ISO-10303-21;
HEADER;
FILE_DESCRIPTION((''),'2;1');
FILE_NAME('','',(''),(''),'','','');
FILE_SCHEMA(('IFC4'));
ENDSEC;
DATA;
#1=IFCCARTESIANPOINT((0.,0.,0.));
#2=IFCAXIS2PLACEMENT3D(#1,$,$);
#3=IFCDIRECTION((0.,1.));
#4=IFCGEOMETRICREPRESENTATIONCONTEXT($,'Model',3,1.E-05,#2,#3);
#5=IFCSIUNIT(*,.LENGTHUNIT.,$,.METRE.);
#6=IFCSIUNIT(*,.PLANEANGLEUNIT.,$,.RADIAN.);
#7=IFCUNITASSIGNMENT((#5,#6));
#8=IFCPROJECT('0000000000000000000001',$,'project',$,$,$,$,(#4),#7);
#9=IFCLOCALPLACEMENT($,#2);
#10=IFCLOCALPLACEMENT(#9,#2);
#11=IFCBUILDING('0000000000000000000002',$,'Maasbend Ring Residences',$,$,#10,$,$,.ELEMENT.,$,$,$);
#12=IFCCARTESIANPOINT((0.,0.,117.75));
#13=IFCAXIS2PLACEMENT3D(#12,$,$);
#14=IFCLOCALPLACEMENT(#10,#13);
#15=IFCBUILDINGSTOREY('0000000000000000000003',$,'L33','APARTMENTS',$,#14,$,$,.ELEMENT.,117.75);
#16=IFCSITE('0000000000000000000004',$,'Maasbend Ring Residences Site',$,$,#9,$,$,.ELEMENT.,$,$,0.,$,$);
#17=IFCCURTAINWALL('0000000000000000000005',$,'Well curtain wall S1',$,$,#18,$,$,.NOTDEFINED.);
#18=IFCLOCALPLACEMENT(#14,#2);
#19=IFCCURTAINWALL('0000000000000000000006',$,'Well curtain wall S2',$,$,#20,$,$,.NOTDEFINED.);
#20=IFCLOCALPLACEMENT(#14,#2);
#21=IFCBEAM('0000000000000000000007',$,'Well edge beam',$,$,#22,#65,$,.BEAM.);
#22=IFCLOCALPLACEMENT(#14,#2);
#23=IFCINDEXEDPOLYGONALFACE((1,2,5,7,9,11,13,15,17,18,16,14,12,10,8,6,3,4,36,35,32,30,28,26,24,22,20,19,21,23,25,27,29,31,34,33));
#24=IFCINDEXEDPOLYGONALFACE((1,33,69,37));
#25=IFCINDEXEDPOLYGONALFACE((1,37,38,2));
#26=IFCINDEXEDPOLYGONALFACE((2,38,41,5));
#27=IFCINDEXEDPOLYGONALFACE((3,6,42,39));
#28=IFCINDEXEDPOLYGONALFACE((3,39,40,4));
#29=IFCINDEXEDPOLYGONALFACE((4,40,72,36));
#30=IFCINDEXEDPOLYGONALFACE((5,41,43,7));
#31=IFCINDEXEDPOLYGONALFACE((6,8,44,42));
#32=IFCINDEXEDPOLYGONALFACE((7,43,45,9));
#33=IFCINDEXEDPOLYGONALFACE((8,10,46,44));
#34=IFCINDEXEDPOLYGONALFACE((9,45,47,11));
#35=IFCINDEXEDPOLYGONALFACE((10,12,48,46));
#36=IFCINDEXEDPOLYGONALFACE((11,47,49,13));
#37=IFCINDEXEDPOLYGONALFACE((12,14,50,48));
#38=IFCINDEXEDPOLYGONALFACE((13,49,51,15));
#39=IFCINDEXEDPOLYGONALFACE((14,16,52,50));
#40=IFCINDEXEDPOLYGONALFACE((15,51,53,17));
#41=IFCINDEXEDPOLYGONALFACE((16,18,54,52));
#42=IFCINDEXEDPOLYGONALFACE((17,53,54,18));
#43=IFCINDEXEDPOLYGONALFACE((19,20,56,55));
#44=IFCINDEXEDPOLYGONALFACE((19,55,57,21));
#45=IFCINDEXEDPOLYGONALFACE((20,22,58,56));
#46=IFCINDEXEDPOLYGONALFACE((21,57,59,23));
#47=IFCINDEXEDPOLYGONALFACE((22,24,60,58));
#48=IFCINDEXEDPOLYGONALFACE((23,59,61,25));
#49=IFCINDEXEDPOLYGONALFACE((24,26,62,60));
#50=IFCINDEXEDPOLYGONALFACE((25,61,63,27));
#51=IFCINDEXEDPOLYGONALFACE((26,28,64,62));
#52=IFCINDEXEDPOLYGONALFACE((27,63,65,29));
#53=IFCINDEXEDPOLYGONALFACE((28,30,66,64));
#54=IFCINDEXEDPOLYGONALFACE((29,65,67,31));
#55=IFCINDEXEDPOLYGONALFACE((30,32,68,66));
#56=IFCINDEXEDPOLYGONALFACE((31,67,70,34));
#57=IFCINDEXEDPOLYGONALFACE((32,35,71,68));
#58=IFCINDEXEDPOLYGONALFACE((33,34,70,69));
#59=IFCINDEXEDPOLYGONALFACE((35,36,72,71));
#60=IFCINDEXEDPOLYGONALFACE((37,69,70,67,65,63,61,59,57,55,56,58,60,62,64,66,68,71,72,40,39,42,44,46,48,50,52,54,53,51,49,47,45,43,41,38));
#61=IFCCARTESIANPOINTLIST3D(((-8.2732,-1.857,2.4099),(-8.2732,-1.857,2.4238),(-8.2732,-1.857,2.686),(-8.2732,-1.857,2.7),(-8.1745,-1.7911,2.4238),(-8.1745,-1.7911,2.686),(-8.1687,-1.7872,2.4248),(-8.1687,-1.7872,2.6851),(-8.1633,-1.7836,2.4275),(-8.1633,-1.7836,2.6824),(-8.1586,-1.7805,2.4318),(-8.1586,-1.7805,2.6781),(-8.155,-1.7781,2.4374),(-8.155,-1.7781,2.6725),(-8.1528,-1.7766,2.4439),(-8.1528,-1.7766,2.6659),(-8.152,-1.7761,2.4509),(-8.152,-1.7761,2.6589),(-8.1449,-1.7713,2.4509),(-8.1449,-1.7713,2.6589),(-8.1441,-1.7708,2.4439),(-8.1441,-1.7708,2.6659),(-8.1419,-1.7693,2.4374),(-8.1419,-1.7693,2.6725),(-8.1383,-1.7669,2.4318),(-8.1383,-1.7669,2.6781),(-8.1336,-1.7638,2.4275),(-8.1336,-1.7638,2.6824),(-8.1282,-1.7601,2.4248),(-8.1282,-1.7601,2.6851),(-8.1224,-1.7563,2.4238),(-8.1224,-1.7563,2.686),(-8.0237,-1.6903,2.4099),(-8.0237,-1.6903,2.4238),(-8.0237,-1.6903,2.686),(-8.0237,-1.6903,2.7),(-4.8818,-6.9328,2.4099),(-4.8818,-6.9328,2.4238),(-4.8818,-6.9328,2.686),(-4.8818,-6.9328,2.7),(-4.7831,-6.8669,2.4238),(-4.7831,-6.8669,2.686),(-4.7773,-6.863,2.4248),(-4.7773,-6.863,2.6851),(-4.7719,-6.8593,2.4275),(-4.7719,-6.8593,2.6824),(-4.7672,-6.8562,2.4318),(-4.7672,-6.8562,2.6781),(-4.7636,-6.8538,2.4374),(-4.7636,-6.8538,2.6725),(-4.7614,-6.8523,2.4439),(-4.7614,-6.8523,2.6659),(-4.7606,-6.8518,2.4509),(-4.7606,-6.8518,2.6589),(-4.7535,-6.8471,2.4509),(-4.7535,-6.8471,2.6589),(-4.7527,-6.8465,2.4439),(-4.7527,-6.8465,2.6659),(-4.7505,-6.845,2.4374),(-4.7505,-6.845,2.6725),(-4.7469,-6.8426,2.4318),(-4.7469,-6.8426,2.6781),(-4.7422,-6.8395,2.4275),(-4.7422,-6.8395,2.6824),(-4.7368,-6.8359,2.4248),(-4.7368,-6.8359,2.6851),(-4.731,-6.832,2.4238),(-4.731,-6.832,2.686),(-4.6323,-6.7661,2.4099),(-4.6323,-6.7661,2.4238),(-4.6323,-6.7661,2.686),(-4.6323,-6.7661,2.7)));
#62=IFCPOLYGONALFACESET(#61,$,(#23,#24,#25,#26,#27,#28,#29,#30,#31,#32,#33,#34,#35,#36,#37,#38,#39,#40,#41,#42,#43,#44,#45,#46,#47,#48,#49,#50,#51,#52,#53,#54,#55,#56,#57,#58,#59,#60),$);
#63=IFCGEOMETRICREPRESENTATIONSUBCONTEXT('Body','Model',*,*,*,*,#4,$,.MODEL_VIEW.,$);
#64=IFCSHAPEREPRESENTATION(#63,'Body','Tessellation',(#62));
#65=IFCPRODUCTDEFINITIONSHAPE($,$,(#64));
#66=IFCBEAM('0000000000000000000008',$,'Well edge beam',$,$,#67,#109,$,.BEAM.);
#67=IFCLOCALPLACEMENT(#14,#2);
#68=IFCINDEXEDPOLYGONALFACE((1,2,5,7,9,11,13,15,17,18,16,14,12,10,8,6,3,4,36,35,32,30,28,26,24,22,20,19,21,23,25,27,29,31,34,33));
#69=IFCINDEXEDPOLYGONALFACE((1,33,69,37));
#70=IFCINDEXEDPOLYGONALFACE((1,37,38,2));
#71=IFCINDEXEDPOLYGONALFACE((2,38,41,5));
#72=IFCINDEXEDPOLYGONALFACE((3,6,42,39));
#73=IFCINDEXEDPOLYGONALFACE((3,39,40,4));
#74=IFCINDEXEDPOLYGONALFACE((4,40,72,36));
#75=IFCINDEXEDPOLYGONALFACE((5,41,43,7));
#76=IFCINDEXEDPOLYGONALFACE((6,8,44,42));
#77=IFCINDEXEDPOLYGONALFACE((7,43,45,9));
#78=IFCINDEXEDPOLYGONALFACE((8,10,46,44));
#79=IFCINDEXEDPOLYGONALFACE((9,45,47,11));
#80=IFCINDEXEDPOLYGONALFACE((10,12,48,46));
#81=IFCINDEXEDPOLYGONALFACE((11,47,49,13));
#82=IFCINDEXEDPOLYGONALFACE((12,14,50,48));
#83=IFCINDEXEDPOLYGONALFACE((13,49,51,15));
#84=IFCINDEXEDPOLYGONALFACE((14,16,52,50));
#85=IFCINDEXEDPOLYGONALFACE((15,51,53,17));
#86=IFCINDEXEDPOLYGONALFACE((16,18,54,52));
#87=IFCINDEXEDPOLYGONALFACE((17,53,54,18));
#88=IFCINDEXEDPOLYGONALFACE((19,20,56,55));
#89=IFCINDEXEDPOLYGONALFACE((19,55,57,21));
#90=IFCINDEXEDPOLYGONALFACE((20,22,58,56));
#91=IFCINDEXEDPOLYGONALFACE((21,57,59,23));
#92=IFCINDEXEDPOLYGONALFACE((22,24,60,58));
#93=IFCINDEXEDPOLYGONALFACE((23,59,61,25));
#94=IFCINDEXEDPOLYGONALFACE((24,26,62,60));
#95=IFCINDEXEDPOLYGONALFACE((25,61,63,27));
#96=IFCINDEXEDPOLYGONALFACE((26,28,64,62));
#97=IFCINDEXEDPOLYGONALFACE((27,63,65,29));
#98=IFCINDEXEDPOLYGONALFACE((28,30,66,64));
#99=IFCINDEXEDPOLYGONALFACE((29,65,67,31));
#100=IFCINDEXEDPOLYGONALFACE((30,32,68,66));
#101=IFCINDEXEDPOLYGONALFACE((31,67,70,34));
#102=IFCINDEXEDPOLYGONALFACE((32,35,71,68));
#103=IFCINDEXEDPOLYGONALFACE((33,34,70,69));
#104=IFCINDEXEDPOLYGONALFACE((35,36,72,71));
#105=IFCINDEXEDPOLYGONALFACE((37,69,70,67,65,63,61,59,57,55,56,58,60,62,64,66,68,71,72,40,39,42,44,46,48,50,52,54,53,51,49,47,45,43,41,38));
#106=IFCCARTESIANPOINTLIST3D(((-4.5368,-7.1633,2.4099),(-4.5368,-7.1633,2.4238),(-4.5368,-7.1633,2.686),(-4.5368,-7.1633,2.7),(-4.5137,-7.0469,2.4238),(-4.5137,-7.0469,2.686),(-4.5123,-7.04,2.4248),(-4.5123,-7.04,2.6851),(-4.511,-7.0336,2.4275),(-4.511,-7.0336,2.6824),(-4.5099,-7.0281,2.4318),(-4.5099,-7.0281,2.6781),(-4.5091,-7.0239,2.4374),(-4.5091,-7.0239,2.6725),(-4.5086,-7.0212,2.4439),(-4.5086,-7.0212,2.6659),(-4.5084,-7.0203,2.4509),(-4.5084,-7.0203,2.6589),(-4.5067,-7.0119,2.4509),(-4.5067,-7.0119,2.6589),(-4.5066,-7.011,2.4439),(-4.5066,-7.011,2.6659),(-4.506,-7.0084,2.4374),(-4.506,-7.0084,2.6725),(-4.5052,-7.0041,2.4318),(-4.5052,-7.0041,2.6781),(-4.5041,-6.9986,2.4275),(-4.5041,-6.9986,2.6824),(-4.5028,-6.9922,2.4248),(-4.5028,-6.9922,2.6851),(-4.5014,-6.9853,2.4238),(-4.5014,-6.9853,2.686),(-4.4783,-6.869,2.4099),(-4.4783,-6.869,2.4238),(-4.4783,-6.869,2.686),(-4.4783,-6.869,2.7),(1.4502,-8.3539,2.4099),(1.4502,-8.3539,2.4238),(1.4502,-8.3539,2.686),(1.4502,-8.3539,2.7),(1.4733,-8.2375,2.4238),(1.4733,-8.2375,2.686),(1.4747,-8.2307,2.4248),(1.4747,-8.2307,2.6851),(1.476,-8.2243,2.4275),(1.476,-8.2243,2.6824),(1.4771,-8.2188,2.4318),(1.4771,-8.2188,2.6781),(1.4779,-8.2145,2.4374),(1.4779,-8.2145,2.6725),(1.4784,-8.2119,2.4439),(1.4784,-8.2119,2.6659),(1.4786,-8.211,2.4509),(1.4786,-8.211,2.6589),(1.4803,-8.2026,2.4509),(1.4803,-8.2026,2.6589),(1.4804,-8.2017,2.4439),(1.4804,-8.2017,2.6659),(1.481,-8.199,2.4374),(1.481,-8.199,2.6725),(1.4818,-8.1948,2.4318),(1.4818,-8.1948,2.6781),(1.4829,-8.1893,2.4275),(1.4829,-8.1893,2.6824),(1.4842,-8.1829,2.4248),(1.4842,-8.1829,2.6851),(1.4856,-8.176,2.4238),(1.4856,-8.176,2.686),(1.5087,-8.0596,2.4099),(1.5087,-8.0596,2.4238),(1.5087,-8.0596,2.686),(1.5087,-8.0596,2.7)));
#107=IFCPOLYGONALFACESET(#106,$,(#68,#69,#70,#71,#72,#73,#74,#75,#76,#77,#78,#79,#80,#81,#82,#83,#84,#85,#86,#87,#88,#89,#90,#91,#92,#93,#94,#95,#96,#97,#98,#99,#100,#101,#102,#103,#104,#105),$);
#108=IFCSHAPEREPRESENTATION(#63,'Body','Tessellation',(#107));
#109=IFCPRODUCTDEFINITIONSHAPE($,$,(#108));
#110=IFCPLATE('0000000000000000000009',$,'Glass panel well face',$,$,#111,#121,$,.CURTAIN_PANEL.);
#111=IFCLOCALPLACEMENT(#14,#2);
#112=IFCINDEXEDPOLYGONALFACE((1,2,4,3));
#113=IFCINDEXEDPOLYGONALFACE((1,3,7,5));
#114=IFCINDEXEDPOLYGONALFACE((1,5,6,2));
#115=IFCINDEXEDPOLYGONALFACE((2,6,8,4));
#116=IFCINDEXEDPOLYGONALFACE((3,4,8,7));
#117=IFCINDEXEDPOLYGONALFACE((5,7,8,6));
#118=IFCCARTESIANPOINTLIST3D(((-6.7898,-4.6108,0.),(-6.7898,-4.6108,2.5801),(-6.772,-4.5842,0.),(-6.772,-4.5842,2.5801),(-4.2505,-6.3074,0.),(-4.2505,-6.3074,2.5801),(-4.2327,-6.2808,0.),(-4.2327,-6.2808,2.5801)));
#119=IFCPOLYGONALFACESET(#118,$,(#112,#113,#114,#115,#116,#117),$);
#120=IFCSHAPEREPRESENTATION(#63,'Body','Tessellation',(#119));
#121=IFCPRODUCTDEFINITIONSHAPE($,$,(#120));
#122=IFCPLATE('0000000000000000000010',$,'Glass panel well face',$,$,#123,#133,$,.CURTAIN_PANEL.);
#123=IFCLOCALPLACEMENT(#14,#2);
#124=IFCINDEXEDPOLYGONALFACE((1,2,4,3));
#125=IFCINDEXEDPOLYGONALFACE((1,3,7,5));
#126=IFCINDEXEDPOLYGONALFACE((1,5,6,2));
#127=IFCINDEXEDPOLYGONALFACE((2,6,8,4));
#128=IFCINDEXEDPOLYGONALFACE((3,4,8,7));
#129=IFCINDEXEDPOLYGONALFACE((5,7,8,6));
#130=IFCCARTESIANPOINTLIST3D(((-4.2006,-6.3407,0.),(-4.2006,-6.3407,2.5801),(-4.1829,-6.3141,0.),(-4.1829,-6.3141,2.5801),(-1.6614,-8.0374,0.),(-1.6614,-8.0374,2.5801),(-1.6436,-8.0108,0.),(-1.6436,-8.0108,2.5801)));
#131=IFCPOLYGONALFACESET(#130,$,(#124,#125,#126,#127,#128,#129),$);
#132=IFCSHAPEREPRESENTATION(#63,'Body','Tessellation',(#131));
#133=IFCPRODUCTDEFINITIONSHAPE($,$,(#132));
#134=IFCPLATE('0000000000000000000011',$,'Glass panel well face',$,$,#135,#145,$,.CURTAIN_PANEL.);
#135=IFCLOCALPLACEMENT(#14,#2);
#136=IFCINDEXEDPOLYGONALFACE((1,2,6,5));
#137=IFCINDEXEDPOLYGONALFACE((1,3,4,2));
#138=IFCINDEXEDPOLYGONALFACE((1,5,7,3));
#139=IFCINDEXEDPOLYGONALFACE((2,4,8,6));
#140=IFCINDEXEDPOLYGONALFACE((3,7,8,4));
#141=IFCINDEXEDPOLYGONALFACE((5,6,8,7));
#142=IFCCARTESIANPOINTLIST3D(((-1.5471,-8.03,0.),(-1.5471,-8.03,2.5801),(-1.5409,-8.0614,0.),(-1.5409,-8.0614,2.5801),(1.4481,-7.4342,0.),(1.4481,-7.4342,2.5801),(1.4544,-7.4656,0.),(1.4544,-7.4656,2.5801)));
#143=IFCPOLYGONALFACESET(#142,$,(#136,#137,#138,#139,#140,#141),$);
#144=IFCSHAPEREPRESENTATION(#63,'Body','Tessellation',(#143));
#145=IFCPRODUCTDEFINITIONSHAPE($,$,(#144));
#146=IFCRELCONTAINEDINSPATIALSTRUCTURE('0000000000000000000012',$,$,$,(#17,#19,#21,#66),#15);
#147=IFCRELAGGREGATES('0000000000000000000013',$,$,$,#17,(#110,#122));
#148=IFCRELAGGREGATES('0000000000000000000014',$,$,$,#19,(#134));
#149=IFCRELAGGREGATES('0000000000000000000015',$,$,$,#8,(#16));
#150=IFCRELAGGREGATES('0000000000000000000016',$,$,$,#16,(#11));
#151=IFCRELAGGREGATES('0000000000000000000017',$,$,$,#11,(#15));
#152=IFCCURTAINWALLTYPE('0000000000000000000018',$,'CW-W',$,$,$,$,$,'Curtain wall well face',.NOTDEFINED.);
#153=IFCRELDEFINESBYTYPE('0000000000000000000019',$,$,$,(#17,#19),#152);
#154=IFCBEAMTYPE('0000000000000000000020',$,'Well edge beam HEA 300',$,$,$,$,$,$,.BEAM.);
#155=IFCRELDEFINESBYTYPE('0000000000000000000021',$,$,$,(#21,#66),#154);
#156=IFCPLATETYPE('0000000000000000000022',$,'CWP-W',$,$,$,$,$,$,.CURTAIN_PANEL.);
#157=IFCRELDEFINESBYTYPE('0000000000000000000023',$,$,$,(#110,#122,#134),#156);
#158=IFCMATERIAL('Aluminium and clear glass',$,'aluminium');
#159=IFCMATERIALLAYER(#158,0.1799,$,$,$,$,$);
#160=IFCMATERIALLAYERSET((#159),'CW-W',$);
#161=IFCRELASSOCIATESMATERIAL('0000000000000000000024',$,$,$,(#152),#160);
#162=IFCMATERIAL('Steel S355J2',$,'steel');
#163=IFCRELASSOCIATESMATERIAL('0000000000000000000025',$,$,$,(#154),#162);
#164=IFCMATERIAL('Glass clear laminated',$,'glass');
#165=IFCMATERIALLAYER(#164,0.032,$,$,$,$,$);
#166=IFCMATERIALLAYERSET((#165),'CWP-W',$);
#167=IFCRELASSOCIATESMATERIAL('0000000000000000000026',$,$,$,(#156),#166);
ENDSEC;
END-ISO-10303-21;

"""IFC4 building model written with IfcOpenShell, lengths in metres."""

from ifc_helpers import new_model, si_unit, direction, frame, origin, origin_2d, place, context, subcontext, project, spatial, rectangle, i_section, extrude, material, layer, layer_set, material_profile, profile_set, type_object, element, aggregate, save


model = new_model("IFC4")

# Units and contexts
model_context = context("Model", 3, precision=1e-05, world=origin(), true_north=direction((0.0, 1.0)))
body_context = subcontext(model_context, "Body", "Model", "MODEL_VIEW")
ifc_project = project(units=[si_unit("LENGTHUNIT", "METRE"), si_unit("PLANEANGLEUNIT", "RADIAN")], contexts=[model_context])

# Site, building, storey
site_placement = place(None, origin())
site = spatial("IfcSite", under=ifc_project, at=site_placement, Name="Maasbend Ring Residences Site", CompositionType="ELEMENT", RefElevation=0.0)
building_placement = place(site_placement, origin())
building = spatial("IfcBuilding", under=site, at=building_placement, Name="Maasbend Ring Residences", CompositionType="ELEMENT")
storey_placement = place(building_placement, frame((0.0, 0.0, 117.75)))
storey = spatial("IfcBuildingStorey", under=building, at=storey_placement, Name="L33", Description="APARTMENTS", CompositionType="ELEMENT", Elevation=117.75)

# Curtain wall
ifc_material_1 = material(Name="Aluminium and clear glass", Category="aluminium")
ifc_layer_1 = layer(ifc_material_1, 0.1799)
ifc_layer_set_1 = layer_set([ifc_layer_1], Name="CW-W")
curtain_wall_type = type_object("IfcCurtainWallType", Name="CW-W", ElementType="Curtain wall well face", PredefinedType="NOTDEFINED", material=ifc_layer_set_1)
curtain_wall_1_placement = place(storey_placement, origin())
curtain_wall_1 = element("IfcCurtainWall", 1, at=curtain_wall_1_placement, inside=storey, type_object=curtain_wall_type, Name="Well curtain wall S1", PredefinedType="NOTDEFINED")

# Curtain wall
curtain_wall_2_placement = place(storey_placement, origin())
curtain_wall_2 = element("IfcCurtainWall", 2, at=curtain_wall_2_placement, inside=storey, type_object=curtain_wall_type, Name="Well curtain wall S2", PredefinedType="NOTDEFINED")

# Beams
ifc_material_2 = material(Name="Steel S355J2", Category="steel")
ifc_material_profile_1 = material_profile(ifc_material_2, i_section(OverallWidth=0.3, OverallDepth=0.29, WebThickness=0.0085, FlangeThickness=0.0139, FilletRadius=0.0271, at=origin_2d()), Name="HEA 300")
ifc_profile_set_1 = profile_set([ifc_material_profile_1], Name="Steel S355J2")
beam_type = type_object("IfcBeamType", Name="Well edge beam HEA 300", PredefinedType="BEAM", material=ifc_profile_set_1)
beam_1_placement = place(storey_placement, frame((-8.1484, -1.7737, 2.5549), z_axis=(0.555558, -0.831478, 0.0), x_axis=(0.831478, 0.555558, 0.0)))
element("IfcBeam", 3, at=beam_1_placement, inside=storey, type_object=beam_type, Name="Well edge beam", PredefinedType="BEAM", context=body_context, shape_type="SweptSolid", body=[
    extrude(i_section(OverallWidth=0.3, OverallDepth=0.29, WebThickness=0.0085, FlangeThickness=0.0139, FilletRadius=0.0271, at=origin_2d()), origin(), (0.0, 0.0, 1.0), 6.1045),
])
beam_2_placement = place(storey_placement, frame((-4.5076, -7.0161, 2.5549), z_axis=(0.980792, -0.195055, 0.0), x_axis=(0.195055, 0.980792, 0.0)))
element("IfcBeam", 4, at=beam_2_placement, inside=storey, type_object=beam_type, Name="Well edge beam", PredefinedType="BEAM", context=body_context, shape_type="SweptSolid", body=[
    extrude(i_section(OverallWidth=0.3, OverallDepth=0.29, WebThickness=0.0085, FlangeThickness=0.0139, FilletRadius=0.0271, at=origin_2d()), origin(), (0.0, 0.0, 1.0), 6.1042),
])

# Plates
ifc_material_3 = material(Name="Glass clear laminated", Category="glass")
ifc_layer_2 = layer(ifc_material_3, 0.032)
ifc_layer_set_2 = layer_set([ifc_layer_2], Name="CWP-W")
plate_type = type_object("IfcPlateType", Name="CWP-W", PredefinedType="CURTAIN_PANEL", material=ifc_layer_set_2)
plate_1_placement = place(storey_placement, frame((-5.5112, -5.4458, 0.0), z_axis=(0.0, 0.0, 1.0), x_axis=(0.83147, -0.55557, 0.0)))
plate_1 = element("IfcPlate", 5, at=plate_1_placement, type_object=plate_type, Name="Glass panel well face", PredefinedType="CURTAIN_PANEL", context=body_context, shape_type="SweptSolid", body=[
    extrude(rectangle(XDim=3.054, YDim=0.032, at=origin_2d()), origin(), (0.0, 0.0, 1.0), 2.5801),
])
plate_2_placement = place(storey_placement, frame((-2.9221, -7.1758, 0.0), z_axis=(0.0, 0.0, 1.0), x_axis=(0.83147, -0.55557, 0.0)))
plate_2 = element("IfcPlate", 6, at=plate_2_placement, type_object=plate_type, Name="Glass panel well face", PredefinedType="CURTAIN_PANEL", context=body_context, shape_type="SweptSolid", body=[
    extrude(rectangle(XDim=3.054, YDim=0.032, at=origin_2d()), origin(), (0.0, 0.0, 1.0), 2.5801),
])
aggregate(curtain_wall_1, [plate_1, plate_2])
plate_3_placement = place(storey_placement, frame((-0.0464, -7.7478, 0.0), z_axis=(0.0, 0.0, 1.0), x_axis=(0.980785, 0.19509, 0.0)))
plate_3 = element("IfcPlate", 7, at=plate_3_placement, type_object=plate_type, Name="Glass panel well face", PredefinedType="CURTAIN_PANEL", context=body_context, shape_type="SweptSolid", body=[
    extrude(rectangle(XDim=3.054, YDim=0.032, at=origin_2d()), origin(), (0.0, 0.0, 1.0), 2.5801),
])
aggregate(curtain_wall_2, [plate_3])

save(model, "model.ifc")
